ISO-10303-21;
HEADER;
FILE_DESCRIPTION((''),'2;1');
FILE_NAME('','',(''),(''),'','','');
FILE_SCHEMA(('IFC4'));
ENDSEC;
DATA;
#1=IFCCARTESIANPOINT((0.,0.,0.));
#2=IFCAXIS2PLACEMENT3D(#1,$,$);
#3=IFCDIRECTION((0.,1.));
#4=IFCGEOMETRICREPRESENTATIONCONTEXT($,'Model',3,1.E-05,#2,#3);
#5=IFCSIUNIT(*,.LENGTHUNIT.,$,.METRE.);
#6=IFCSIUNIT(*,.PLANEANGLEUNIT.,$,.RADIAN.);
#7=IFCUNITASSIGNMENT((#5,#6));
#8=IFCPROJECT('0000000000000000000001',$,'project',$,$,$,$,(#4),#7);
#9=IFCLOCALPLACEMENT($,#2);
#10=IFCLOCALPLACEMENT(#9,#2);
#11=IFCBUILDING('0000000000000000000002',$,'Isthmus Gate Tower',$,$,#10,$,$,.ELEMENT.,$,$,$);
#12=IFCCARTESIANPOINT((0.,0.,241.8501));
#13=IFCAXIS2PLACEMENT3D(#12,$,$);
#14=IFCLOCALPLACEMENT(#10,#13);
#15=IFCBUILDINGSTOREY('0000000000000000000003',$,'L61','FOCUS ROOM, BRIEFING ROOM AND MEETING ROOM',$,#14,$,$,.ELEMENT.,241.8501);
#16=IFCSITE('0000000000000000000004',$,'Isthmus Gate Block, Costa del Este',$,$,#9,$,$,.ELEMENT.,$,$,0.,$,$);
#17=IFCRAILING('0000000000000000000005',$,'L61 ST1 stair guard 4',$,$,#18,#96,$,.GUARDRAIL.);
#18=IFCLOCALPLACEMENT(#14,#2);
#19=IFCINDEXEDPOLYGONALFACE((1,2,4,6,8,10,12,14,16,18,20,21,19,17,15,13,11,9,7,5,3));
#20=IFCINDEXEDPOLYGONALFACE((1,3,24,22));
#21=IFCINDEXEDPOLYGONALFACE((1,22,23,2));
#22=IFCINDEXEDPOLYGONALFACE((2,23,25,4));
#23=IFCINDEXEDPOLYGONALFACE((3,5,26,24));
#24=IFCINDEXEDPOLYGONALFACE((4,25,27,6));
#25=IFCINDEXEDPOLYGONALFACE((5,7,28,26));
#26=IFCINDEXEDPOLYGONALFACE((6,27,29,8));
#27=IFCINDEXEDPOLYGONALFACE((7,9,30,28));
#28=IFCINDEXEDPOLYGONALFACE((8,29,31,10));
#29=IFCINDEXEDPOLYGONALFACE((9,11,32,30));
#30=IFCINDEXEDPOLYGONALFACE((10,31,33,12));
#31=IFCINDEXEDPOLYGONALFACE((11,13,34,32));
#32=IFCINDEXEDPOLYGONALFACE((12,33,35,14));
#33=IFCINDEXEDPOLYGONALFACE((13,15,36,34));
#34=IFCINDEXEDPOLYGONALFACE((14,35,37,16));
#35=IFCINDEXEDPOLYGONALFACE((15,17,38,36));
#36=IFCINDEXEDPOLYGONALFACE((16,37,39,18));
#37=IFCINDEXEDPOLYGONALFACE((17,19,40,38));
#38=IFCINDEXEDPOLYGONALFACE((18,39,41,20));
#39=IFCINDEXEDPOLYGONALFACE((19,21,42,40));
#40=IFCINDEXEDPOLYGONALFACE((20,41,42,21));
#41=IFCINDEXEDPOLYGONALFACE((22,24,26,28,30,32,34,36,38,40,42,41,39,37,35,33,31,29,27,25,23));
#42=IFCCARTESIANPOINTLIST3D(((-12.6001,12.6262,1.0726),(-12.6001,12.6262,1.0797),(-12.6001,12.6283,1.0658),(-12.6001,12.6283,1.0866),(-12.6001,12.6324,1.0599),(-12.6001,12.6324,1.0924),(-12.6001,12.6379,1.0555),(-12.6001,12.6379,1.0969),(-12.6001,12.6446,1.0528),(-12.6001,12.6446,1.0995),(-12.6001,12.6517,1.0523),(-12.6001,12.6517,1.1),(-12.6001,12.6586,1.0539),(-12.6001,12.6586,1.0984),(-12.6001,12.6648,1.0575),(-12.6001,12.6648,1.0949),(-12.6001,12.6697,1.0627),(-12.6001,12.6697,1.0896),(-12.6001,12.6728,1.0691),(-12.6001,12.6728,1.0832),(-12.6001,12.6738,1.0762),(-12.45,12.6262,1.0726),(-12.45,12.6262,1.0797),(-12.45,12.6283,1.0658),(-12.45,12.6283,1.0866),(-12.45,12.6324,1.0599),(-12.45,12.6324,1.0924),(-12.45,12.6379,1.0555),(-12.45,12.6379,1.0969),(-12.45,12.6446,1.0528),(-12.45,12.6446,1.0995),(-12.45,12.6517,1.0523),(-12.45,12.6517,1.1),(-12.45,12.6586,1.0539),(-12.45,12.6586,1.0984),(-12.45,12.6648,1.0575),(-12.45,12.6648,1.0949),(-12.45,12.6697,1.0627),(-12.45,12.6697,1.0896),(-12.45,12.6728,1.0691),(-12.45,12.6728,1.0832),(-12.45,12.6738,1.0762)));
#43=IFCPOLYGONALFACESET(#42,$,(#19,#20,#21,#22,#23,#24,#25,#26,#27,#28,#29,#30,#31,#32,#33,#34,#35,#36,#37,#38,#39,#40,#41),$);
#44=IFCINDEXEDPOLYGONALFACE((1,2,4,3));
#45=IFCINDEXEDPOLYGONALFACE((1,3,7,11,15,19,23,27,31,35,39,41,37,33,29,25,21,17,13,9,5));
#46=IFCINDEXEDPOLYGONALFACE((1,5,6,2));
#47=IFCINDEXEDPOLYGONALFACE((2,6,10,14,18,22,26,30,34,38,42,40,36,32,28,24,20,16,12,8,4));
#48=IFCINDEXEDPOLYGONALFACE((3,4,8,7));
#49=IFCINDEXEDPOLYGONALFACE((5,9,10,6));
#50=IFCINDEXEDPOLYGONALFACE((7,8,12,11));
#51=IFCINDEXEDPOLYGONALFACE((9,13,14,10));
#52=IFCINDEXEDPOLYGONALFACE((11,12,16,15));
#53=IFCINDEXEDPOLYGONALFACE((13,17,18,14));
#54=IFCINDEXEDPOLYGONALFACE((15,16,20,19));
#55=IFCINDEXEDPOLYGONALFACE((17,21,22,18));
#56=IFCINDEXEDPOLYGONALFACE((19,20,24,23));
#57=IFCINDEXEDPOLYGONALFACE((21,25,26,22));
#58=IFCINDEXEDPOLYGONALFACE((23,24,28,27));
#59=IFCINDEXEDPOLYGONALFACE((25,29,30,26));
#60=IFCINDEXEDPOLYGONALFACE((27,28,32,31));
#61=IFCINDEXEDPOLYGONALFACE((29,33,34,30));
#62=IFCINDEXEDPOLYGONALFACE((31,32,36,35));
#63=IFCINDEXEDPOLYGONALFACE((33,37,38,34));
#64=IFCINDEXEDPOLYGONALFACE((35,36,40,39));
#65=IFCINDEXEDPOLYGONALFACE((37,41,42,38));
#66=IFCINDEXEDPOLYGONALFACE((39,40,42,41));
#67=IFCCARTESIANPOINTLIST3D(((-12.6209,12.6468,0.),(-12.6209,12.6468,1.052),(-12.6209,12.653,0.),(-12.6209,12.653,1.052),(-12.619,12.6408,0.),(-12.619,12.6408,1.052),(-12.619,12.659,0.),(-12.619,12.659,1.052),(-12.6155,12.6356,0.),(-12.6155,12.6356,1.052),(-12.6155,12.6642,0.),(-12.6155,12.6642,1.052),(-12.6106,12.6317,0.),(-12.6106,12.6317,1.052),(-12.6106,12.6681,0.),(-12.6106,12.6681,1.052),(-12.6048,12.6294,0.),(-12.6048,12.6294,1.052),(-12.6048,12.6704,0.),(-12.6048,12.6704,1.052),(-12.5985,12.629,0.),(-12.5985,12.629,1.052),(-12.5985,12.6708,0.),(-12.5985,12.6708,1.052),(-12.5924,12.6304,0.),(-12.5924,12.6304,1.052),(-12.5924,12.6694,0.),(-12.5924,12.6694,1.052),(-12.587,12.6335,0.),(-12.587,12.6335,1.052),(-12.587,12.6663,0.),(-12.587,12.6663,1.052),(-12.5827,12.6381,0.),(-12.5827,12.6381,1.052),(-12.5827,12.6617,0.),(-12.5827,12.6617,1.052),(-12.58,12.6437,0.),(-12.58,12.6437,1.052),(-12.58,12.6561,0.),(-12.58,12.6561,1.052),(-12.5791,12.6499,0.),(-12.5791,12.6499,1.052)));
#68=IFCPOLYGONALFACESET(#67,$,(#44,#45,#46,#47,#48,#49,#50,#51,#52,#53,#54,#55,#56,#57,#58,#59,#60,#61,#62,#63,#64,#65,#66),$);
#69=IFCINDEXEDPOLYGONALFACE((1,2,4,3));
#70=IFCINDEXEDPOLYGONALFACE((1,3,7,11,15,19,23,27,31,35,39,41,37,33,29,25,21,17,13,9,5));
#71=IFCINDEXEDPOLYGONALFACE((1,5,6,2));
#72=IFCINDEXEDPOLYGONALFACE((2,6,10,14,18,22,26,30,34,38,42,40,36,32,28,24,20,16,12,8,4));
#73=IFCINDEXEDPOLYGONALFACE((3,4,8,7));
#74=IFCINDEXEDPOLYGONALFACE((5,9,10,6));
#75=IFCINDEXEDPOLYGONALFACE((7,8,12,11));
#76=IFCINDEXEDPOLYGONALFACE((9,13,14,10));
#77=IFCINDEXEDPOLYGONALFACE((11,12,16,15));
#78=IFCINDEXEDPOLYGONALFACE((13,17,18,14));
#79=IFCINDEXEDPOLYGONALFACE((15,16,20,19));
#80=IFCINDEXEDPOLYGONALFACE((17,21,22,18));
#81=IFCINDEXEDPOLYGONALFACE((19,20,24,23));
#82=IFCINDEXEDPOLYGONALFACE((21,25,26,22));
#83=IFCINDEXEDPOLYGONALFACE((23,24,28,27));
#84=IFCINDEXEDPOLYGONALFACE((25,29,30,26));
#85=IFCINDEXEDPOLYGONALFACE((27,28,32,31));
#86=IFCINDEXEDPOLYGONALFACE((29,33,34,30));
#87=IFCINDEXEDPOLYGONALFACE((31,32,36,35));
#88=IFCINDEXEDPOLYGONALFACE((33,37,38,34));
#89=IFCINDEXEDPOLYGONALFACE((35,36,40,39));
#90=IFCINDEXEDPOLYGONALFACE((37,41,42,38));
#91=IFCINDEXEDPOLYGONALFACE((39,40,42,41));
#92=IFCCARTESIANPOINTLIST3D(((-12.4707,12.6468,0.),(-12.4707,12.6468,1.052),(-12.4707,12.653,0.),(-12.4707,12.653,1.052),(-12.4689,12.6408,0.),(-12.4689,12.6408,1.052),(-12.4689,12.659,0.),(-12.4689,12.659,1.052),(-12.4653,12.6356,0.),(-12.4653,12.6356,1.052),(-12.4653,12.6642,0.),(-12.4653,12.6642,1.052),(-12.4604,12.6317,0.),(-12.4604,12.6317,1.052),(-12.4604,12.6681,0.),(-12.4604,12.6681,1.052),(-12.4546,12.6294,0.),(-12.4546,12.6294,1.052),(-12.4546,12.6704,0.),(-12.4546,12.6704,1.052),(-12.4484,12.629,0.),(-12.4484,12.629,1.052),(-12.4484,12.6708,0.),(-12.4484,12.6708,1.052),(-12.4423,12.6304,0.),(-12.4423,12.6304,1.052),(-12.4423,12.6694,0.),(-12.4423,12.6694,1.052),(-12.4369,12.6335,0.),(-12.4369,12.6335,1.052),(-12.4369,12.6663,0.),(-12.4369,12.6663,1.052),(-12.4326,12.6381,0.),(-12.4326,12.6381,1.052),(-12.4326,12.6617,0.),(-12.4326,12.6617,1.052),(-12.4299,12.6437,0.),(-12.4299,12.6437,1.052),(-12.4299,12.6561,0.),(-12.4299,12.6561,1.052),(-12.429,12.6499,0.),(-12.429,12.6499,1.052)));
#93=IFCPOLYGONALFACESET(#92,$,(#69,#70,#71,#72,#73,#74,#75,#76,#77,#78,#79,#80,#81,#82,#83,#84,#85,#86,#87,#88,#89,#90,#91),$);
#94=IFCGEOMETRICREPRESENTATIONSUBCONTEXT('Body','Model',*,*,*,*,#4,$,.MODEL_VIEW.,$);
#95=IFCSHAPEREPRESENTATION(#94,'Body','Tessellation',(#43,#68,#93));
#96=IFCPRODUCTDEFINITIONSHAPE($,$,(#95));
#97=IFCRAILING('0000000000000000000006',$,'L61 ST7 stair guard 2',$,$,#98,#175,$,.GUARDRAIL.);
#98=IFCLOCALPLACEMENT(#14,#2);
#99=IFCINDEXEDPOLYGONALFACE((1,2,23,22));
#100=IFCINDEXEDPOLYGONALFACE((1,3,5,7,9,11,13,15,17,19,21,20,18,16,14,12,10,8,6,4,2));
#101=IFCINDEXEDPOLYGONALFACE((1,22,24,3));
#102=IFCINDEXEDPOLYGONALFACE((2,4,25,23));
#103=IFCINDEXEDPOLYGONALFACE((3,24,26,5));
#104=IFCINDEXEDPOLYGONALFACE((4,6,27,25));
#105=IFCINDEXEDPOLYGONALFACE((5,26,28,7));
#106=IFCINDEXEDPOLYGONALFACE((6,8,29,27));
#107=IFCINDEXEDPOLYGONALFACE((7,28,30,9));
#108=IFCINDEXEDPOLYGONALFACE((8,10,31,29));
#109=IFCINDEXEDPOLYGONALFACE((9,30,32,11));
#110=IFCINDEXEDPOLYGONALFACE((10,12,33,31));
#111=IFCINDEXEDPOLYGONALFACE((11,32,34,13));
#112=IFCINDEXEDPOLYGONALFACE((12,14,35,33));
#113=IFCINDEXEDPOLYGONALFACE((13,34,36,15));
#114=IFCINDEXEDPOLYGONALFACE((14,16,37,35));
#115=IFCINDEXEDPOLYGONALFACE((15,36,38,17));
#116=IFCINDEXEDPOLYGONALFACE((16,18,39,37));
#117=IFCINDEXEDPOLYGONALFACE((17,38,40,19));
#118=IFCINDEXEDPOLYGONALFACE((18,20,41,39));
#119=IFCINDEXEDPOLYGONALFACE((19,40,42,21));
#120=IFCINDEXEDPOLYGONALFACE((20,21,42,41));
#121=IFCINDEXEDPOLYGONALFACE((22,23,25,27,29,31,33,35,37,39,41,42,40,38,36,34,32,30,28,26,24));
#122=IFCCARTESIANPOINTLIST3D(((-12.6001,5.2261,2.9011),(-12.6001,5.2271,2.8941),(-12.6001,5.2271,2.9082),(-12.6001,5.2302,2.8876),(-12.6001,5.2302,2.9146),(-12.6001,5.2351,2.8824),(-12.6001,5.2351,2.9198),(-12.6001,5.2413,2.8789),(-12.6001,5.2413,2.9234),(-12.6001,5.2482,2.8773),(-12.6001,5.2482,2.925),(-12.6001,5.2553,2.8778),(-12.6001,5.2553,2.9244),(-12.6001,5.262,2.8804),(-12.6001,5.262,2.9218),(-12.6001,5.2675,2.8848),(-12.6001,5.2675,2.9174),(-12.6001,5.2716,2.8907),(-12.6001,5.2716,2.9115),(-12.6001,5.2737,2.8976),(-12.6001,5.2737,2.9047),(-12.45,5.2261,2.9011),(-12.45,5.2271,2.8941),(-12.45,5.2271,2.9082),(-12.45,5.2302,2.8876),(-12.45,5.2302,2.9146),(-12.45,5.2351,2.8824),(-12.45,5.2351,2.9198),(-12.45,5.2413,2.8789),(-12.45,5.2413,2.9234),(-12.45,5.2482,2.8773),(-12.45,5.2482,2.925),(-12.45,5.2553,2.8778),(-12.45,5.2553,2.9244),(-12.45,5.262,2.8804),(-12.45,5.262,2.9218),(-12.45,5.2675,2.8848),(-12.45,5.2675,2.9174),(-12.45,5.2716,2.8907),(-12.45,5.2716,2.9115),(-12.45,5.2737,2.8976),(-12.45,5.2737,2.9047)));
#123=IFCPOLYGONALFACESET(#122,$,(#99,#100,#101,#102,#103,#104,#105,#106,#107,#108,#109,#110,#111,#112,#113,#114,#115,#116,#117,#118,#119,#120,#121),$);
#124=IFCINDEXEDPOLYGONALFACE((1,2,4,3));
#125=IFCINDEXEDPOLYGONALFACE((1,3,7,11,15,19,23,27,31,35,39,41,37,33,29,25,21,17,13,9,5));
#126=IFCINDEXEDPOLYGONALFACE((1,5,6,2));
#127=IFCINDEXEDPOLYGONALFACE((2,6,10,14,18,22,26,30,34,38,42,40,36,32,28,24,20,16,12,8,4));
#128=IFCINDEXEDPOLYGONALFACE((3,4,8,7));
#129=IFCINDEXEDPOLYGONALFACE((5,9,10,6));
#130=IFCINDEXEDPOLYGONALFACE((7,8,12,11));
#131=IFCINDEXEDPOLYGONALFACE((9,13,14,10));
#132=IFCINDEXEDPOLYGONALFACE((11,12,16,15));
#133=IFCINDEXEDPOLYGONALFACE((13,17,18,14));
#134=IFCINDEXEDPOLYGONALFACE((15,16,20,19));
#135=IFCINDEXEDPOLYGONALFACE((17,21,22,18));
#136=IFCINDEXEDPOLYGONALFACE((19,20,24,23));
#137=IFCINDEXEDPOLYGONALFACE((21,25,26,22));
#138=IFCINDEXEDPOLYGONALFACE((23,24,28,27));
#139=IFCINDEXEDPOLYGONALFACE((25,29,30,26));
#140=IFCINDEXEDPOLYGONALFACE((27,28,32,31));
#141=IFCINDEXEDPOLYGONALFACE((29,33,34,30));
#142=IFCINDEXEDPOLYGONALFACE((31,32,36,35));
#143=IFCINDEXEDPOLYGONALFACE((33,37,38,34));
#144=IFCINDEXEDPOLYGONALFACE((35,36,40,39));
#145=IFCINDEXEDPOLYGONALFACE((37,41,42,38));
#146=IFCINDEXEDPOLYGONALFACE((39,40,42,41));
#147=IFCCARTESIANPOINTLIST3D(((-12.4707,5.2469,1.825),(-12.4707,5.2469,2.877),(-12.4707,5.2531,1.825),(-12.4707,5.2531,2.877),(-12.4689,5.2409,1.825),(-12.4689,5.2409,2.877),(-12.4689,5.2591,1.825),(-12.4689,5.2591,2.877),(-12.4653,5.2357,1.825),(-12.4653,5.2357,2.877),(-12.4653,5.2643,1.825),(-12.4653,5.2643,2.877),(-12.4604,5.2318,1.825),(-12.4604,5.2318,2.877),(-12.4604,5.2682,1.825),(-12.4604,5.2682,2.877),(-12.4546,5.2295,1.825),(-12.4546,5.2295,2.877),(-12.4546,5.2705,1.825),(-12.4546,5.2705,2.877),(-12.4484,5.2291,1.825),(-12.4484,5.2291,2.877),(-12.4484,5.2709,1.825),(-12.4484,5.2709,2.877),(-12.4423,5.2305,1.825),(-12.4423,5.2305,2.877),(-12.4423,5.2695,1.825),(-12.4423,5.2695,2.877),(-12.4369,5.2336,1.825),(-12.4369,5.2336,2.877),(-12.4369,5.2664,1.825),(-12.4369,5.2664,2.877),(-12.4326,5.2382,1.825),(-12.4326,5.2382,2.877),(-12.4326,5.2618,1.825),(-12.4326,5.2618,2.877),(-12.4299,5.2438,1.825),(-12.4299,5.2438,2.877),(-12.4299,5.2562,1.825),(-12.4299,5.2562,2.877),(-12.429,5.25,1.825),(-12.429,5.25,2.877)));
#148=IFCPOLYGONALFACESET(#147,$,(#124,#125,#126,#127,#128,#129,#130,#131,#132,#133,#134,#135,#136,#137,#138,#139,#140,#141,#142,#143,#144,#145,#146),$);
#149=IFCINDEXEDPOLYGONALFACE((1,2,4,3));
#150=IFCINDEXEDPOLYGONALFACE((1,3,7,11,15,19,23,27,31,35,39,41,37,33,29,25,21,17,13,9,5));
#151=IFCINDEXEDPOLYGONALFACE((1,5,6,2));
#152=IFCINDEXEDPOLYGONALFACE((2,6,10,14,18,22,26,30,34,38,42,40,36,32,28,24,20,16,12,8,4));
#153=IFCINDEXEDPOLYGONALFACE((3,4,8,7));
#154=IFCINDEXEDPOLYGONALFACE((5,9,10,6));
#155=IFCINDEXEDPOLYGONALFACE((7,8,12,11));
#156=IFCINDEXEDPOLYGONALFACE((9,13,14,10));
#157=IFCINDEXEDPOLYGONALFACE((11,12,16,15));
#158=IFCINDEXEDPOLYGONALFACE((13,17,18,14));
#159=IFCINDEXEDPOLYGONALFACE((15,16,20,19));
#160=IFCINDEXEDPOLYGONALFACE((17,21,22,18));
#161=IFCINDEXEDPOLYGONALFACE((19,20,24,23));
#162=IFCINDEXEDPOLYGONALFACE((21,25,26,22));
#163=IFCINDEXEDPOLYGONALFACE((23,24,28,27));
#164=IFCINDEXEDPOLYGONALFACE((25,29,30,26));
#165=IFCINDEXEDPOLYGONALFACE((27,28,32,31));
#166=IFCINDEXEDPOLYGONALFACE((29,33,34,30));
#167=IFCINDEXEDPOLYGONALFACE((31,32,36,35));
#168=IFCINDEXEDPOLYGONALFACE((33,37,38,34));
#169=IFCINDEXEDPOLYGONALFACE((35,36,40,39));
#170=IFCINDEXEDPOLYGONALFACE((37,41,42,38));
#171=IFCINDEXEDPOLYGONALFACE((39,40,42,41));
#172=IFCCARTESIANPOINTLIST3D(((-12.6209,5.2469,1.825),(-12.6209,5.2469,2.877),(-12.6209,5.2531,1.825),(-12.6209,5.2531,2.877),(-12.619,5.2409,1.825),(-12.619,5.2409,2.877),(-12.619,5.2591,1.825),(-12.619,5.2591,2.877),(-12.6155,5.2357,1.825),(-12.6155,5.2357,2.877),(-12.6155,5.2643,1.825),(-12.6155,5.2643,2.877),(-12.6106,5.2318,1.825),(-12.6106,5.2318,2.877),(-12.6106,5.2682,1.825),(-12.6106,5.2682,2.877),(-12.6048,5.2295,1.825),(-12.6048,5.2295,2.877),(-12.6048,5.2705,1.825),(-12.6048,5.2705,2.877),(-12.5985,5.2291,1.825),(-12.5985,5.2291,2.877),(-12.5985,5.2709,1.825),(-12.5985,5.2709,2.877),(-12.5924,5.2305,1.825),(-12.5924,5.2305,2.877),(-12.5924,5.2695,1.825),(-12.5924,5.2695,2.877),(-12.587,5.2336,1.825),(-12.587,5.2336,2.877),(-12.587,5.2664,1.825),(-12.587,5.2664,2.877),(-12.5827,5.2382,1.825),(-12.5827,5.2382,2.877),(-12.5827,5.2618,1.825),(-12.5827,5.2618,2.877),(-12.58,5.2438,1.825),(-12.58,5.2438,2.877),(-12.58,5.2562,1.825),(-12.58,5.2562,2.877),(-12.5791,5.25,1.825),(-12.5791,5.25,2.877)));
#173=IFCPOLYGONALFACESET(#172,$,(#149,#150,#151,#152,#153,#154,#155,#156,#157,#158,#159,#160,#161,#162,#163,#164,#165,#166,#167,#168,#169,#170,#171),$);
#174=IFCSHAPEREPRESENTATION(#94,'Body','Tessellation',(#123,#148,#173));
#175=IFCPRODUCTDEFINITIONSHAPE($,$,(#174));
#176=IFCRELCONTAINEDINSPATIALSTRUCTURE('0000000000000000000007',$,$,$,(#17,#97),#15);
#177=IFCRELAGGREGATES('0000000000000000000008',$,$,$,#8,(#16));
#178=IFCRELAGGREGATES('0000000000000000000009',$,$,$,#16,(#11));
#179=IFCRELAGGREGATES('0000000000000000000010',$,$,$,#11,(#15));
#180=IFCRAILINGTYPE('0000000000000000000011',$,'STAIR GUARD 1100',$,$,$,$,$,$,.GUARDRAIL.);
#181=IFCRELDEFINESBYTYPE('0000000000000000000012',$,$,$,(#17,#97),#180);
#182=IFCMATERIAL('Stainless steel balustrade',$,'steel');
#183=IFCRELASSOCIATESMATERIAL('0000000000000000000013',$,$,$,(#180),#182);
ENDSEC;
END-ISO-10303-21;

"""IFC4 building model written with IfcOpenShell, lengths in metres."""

from ifc_helpers import new_model, si_unit, direction, frame, origin, origin_2d, place, context, subcontext, project, spatial, circle, extrude, material, type_object, element, save


model = new_model("IFC4")

# Units and contexts
model_context = context("Model", 3, precision=1e-05, world=origin(), true_north=direction((0.0, 1.0)))
body_context = subcontext(model_context, "Body", "Model", "MODEL_VIEW")
ifc_project = project(units=[si_unit("LENGTHUNIT", "METRE"), si_unit("PLANEANGLEUNIT", "RADIAN")], contexts=[model_context])

# Site, building, storey
site_placement = place(None, origin())
site = spatial("IfcSite", under=ifc_project, at=site_placement, Name="Isthmus Gate Block, Costa del Este", CompositionType="ELEMENT", RefElevation=0.0)
building_placement = place(site_placement, origin())
building = spatial("IfcBuilding", under=site, at=building_placement, Name="Isthmus Gate Tower", CompositionType="ELEMENT")
storey_placement = place(building_placement, frame((0.0, 0.0, 241.8501)))
storey = spatial("IfcBuildingStorey", under=building, at=storey_placement, Name="L61", Description="FOCUS ROOM, BRIEFING ROOM AND MEETING ROOM", CompositionType="ELEMENT", Elevation=241.8501)

# Railings
ifc_material_1 = material(Name="Stainless steel balustrade", Category="steel")
railing_type_1 = type_object("IfcRailingType", Name="STAIR GUARD 1100", PredefinedType="GUARDRAIL", material=ifc_material_1)
railing_1_placement = place(storey_placement, frame((-12.6001, 12.6499, 0.0)))
element("IfcRailing", 1, at=railing_1_placement, inside=storey, type_object=railing_type_1, Name="L61 ST1 stair guard 4", PredefinedType="GUARDRAIL", context=body_context, shape_type="SweptSolid", body=[
    extrude(circle(Radius=0.0239, at=origin_2d()), frame((0.0, 0.0, 1.0762), z_axis=(1.0, 0.0, 0.0), x_axis=(0.0, 1.0, 0.0)), (0.0, 0.0, 1.0), 0.1501),
    extrude(circle(Radius=0.021, at=origin_2d()), origin(), (0.0, 0.0, 1.0), 1.052),
    extrude(circle(Radius=0.021, at=origin_2d()), frame((0.1501, 0.0, 0.0)), (0.0, 0.0, 1.0), 1.052),
])
railing_2_placement = place(storey_placement, frame((-12.45, 5.25, 1.825)))
element("IfcRailing", 2, at=railing_2_placement, inside=storey, type_object=railing_type_1, Name="L61 ST7 stair guard 2", PredefinedType="GUARDRAIL", context=body_context, shape_type="SweptSolid", body=[
    extrude(circle(Radius=0.0239, at=origin_2d()), frame((0.0, 0.0, 1.0762), z_axis=(-1.0, 0.0, 0.0), x_axis=(0.0, -1.0, 0.0)), (0.0, 0.0, 1.0), 0.1501),
    extrude(circle(Radius=0.021, at=origin_2d()), origin(), (0.0, 0.0, 1.0), 1.052),
    extrude(circle(Radius=0.021, at=origin_2d()), frame((-0.1501, 0.0, 0.0)), (0.0, 0.0, 1.0), 1.052),
])

save(model, "model.ifc")
